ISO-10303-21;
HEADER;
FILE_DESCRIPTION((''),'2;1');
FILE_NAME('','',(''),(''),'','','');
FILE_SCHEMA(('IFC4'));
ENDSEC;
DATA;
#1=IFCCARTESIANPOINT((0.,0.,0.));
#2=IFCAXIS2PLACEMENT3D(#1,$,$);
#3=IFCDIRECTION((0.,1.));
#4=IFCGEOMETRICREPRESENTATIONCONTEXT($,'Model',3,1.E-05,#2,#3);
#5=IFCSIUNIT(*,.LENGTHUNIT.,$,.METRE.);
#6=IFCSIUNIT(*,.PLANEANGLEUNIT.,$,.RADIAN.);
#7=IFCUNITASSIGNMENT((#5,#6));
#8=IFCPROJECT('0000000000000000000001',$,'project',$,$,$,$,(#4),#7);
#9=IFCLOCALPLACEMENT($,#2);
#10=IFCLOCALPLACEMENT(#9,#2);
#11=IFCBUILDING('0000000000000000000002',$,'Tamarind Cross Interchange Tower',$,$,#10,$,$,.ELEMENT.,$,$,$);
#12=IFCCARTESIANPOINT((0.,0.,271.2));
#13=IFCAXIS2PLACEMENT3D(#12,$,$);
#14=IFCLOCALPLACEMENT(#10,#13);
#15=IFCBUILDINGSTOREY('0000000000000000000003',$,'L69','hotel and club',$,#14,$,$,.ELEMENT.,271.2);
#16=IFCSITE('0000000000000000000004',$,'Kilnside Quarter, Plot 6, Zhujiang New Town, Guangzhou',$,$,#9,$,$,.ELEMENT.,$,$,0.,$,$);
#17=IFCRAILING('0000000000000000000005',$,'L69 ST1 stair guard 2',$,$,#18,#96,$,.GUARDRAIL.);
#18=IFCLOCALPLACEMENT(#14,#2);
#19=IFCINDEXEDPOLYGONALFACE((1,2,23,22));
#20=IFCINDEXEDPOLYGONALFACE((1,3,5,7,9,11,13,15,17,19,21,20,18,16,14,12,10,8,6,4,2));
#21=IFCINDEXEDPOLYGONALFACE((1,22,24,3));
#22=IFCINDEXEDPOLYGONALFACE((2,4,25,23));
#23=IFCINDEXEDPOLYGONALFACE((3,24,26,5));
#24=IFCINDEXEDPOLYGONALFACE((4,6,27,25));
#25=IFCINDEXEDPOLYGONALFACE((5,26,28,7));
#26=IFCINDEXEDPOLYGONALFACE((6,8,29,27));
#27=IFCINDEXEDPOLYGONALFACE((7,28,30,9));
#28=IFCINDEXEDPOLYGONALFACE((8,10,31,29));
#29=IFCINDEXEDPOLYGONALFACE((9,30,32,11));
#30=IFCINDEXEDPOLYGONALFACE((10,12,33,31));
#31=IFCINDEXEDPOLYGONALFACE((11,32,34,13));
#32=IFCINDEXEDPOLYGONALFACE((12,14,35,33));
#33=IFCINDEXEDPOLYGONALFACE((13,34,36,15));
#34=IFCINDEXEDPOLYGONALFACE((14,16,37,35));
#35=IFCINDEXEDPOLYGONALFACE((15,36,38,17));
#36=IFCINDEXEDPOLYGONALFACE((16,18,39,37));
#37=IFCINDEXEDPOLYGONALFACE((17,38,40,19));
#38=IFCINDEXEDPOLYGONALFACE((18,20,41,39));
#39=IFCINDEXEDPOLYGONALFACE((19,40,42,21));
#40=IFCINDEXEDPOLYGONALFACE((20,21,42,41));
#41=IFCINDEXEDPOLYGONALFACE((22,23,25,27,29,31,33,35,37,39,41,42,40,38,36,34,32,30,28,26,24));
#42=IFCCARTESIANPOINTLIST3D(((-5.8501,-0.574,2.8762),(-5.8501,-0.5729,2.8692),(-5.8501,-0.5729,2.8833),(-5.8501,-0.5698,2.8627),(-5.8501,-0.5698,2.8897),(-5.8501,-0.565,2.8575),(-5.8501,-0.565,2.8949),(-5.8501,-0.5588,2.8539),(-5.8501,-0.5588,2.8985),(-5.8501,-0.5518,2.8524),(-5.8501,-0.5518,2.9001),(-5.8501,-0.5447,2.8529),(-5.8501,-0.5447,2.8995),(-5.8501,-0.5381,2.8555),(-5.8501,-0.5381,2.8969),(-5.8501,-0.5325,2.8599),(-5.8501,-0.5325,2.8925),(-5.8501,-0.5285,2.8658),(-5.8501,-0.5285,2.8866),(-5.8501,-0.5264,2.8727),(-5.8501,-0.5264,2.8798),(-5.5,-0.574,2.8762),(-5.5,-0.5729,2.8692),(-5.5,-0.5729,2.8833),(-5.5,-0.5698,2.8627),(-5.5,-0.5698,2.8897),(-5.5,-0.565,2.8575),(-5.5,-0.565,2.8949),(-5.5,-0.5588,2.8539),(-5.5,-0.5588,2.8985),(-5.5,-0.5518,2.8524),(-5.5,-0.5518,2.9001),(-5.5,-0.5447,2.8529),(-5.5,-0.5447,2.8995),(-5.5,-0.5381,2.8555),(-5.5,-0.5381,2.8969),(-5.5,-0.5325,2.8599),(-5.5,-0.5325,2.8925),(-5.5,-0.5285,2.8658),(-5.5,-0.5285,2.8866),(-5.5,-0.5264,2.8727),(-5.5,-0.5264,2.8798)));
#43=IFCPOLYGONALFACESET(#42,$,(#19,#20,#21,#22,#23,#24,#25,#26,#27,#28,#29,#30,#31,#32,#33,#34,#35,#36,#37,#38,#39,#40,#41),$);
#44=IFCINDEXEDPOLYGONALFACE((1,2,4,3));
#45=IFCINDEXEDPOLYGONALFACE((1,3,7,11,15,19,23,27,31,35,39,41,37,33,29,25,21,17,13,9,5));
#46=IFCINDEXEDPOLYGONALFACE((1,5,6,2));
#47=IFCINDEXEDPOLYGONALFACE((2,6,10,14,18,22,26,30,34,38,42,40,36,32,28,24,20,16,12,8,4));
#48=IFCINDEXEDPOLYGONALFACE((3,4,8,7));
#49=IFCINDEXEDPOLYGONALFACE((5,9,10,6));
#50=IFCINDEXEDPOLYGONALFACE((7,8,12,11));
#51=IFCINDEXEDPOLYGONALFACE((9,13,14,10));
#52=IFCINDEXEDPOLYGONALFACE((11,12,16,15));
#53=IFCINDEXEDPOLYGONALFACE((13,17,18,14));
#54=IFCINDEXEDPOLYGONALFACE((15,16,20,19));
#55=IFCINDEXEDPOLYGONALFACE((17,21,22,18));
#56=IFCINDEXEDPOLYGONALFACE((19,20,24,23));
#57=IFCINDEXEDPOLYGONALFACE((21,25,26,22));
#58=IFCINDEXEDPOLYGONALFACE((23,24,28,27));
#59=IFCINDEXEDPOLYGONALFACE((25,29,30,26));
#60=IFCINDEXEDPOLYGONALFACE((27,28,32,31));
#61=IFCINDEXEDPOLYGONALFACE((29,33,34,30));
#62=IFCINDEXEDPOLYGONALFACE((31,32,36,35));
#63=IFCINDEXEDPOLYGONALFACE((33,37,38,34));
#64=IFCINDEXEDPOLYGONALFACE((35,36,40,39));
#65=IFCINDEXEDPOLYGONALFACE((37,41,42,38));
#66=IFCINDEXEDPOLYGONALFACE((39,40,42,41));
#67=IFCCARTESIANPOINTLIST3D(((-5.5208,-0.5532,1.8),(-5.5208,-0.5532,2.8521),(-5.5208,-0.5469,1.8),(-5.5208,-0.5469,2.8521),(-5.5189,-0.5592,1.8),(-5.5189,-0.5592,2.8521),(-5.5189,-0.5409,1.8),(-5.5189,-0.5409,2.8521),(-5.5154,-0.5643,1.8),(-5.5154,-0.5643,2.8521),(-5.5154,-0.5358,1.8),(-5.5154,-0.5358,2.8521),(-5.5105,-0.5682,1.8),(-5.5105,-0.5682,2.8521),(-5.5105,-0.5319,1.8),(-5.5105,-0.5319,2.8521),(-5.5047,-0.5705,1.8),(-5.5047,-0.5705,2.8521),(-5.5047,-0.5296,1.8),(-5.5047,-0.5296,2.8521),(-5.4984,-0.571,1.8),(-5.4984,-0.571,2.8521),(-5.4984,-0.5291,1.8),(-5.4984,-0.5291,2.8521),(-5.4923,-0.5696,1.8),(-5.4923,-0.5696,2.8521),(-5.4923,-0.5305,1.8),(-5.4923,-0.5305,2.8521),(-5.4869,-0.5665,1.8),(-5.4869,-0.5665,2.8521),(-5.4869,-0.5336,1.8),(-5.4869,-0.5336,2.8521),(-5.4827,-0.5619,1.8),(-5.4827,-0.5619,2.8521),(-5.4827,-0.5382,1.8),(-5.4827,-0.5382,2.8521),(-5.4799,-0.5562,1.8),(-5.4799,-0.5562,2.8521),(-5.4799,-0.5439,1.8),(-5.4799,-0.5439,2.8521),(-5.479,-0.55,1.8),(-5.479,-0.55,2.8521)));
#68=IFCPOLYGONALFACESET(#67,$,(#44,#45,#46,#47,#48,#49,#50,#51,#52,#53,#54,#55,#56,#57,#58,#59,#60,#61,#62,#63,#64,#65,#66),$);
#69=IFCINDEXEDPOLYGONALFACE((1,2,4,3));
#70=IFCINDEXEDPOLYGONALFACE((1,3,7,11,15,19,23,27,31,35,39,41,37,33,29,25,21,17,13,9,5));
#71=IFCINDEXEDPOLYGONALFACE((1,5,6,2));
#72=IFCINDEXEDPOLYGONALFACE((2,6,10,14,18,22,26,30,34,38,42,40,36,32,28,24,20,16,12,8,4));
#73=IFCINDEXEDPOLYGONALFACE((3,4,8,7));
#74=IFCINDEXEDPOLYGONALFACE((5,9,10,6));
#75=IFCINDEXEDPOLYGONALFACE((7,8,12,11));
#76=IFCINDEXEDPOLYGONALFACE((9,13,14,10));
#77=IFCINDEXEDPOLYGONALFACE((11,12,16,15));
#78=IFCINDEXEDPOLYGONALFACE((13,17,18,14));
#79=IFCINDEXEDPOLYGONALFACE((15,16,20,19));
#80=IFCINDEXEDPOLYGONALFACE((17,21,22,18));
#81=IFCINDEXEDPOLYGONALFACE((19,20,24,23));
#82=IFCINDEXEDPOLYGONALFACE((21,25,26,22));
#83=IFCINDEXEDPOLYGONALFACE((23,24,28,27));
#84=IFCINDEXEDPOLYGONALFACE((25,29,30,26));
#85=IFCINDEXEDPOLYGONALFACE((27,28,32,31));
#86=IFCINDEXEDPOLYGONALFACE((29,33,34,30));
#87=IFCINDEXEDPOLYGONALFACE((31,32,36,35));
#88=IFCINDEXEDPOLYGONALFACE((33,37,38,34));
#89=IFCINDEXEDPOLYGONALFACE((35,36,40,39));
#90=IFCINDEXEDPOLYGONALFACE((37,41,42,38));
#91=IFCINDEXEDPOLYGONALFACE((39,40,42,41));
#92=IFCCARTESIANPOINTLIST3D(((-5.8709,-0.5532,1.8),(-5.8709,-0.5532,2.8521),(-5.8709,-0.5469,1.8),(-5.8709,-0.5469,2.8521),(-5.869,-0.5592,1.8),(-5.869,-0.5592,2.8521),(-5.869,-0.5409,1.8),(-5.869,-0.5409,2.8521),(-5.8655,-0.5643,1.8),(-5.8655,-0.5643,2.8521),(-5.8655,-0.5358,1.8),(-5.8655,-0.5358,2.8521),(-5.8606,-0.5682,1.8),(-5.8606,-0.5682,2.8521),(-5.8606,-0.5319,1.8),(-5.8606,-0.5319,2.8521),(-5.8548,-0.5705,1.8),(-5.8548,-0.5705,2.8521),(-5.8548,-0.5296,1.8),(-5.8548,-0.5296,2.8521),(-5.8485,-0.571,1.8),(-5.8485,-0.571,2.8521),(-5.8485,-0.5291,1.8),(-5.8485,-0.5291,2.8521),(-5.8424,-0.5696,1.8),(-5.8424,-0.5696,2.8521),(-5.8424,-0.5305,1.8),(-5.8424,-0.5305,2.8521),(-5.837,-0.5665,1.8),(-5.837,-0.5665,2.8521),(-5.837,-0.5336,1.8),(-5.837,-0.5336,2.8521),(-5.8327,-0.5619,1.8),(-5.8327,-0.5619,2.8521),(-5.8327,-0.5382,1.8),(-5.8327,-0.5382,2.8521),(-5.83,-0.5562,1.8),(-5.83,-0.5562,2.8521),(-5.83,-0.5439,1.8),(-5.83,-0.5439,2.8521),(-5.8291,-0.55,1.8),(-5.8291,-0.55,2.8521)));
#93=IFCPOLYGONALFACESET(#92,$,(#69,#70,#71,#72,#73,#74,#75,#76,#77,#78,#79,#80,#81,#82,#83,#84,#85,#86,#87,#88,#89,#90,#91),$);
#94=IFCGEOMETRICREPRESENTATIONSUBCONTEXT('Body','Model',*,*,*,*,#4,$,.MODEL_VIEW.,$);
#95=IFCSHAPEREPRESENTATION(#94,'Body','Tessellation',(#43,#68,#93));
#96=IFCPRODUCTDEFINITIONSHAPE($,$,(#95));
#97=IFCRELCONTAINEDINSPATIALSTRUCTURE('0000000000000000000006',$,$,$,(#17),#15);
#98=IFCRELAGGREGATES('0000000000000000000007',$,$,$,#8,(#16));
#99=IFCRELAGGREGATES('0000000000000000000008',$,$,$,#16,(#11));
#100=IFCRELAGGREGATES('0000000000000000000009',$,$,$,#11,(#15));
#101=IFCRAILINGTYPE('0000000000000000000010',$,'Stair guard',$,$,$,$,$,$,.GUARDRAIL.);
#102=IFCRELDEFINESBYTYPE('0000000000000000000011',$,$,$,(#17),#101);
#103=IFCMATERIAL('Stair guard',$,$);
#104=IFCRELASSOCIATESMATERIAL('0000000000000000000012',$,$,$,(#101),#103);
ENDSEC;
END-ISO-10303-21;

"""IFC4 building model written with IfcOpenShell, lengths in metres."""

from ifc_helpers import new_model, si_unit, direction, frame, origin, origin_2d, place, context, subcontext, project, spatial, circle, extrude, material, type_object, element, save


model = new_model("IFC4")

# Units and contexts
model_context = context("Model", 3, precision=1e-05, world=origin(), true_north=direction((0.0, 1.0)))
body_context = subcontext(model_context, "Body", "Model", "MODEL_VIEW")
ifc_project = project(units=[si_unit("LENGTHUNIT", "METRE"), si_unit("PLANEANGLEUNIT", "RADIAN")], contexts=[model_context])

# Site, building, storey
site_placement = place(None, origin())
site = spatial("IfcSite", under=ifc_project, at=site_placement, Name="Kilnside Quarter, Plot 6, Zhujiang New Town, Guangzhou", CompositionType="ELEMENT", RefElevation=0.0)
building_placement = place(site_placement, origin())
building = spatial("IfcBuilding", under=site, at=building_placement, Name="Tamarind Cross Interchange Tower", CompositionType="ELEMENT")
storey_placement = place(building_placement, frame((0.0, 0.0, 271.2)))
storey = spatial("IfcBuildingStorey", under=building, at=storey_placement, Name="L69", Description="hotel and club", CompositionType="ELEMENT", Elevation=271.2)

# Railing
ifc_material_1 = material(Name="Stair guard")
railing_type_1 = type_object("IfcRailingType", Name="Stair guard", PredefinedType="GUARDRAIL", material=ifc_material_1)
railing_1_placement = place(storey_placement, frame((-5.5, -0.55, 1.8)))
element("IfcRailing", 1, at=railing_1_placement, inside=storey, type_object=railing_type_1, Name="L69 ST1 stair guard 2", PredefinedType="GUARDRAIL", context=body_context, shape_type="SweptSolid", body=[
    extrude(circle(Radius=0.0239, at=origin_2d()), frame((0.0, 0.0, 1.0762), z_axis=(-1.0, 0.0, 0.0), x_axis=(0.0, -1.0, 0.0)), (0.0, 0.0, 1.0), 0.3501),
    extrude(circle(Radius=0.021, at=origin_2d()), origin(), (0.0, 0.0, 1.0), 1.052),
    extrude(circle(Radius=0.021, at=origin_2d()), frame((-0.3501, 0.0, 0.0)), (0.0, 0.0, 1.0), 1.052),
])

save(model, "model.ifc")
